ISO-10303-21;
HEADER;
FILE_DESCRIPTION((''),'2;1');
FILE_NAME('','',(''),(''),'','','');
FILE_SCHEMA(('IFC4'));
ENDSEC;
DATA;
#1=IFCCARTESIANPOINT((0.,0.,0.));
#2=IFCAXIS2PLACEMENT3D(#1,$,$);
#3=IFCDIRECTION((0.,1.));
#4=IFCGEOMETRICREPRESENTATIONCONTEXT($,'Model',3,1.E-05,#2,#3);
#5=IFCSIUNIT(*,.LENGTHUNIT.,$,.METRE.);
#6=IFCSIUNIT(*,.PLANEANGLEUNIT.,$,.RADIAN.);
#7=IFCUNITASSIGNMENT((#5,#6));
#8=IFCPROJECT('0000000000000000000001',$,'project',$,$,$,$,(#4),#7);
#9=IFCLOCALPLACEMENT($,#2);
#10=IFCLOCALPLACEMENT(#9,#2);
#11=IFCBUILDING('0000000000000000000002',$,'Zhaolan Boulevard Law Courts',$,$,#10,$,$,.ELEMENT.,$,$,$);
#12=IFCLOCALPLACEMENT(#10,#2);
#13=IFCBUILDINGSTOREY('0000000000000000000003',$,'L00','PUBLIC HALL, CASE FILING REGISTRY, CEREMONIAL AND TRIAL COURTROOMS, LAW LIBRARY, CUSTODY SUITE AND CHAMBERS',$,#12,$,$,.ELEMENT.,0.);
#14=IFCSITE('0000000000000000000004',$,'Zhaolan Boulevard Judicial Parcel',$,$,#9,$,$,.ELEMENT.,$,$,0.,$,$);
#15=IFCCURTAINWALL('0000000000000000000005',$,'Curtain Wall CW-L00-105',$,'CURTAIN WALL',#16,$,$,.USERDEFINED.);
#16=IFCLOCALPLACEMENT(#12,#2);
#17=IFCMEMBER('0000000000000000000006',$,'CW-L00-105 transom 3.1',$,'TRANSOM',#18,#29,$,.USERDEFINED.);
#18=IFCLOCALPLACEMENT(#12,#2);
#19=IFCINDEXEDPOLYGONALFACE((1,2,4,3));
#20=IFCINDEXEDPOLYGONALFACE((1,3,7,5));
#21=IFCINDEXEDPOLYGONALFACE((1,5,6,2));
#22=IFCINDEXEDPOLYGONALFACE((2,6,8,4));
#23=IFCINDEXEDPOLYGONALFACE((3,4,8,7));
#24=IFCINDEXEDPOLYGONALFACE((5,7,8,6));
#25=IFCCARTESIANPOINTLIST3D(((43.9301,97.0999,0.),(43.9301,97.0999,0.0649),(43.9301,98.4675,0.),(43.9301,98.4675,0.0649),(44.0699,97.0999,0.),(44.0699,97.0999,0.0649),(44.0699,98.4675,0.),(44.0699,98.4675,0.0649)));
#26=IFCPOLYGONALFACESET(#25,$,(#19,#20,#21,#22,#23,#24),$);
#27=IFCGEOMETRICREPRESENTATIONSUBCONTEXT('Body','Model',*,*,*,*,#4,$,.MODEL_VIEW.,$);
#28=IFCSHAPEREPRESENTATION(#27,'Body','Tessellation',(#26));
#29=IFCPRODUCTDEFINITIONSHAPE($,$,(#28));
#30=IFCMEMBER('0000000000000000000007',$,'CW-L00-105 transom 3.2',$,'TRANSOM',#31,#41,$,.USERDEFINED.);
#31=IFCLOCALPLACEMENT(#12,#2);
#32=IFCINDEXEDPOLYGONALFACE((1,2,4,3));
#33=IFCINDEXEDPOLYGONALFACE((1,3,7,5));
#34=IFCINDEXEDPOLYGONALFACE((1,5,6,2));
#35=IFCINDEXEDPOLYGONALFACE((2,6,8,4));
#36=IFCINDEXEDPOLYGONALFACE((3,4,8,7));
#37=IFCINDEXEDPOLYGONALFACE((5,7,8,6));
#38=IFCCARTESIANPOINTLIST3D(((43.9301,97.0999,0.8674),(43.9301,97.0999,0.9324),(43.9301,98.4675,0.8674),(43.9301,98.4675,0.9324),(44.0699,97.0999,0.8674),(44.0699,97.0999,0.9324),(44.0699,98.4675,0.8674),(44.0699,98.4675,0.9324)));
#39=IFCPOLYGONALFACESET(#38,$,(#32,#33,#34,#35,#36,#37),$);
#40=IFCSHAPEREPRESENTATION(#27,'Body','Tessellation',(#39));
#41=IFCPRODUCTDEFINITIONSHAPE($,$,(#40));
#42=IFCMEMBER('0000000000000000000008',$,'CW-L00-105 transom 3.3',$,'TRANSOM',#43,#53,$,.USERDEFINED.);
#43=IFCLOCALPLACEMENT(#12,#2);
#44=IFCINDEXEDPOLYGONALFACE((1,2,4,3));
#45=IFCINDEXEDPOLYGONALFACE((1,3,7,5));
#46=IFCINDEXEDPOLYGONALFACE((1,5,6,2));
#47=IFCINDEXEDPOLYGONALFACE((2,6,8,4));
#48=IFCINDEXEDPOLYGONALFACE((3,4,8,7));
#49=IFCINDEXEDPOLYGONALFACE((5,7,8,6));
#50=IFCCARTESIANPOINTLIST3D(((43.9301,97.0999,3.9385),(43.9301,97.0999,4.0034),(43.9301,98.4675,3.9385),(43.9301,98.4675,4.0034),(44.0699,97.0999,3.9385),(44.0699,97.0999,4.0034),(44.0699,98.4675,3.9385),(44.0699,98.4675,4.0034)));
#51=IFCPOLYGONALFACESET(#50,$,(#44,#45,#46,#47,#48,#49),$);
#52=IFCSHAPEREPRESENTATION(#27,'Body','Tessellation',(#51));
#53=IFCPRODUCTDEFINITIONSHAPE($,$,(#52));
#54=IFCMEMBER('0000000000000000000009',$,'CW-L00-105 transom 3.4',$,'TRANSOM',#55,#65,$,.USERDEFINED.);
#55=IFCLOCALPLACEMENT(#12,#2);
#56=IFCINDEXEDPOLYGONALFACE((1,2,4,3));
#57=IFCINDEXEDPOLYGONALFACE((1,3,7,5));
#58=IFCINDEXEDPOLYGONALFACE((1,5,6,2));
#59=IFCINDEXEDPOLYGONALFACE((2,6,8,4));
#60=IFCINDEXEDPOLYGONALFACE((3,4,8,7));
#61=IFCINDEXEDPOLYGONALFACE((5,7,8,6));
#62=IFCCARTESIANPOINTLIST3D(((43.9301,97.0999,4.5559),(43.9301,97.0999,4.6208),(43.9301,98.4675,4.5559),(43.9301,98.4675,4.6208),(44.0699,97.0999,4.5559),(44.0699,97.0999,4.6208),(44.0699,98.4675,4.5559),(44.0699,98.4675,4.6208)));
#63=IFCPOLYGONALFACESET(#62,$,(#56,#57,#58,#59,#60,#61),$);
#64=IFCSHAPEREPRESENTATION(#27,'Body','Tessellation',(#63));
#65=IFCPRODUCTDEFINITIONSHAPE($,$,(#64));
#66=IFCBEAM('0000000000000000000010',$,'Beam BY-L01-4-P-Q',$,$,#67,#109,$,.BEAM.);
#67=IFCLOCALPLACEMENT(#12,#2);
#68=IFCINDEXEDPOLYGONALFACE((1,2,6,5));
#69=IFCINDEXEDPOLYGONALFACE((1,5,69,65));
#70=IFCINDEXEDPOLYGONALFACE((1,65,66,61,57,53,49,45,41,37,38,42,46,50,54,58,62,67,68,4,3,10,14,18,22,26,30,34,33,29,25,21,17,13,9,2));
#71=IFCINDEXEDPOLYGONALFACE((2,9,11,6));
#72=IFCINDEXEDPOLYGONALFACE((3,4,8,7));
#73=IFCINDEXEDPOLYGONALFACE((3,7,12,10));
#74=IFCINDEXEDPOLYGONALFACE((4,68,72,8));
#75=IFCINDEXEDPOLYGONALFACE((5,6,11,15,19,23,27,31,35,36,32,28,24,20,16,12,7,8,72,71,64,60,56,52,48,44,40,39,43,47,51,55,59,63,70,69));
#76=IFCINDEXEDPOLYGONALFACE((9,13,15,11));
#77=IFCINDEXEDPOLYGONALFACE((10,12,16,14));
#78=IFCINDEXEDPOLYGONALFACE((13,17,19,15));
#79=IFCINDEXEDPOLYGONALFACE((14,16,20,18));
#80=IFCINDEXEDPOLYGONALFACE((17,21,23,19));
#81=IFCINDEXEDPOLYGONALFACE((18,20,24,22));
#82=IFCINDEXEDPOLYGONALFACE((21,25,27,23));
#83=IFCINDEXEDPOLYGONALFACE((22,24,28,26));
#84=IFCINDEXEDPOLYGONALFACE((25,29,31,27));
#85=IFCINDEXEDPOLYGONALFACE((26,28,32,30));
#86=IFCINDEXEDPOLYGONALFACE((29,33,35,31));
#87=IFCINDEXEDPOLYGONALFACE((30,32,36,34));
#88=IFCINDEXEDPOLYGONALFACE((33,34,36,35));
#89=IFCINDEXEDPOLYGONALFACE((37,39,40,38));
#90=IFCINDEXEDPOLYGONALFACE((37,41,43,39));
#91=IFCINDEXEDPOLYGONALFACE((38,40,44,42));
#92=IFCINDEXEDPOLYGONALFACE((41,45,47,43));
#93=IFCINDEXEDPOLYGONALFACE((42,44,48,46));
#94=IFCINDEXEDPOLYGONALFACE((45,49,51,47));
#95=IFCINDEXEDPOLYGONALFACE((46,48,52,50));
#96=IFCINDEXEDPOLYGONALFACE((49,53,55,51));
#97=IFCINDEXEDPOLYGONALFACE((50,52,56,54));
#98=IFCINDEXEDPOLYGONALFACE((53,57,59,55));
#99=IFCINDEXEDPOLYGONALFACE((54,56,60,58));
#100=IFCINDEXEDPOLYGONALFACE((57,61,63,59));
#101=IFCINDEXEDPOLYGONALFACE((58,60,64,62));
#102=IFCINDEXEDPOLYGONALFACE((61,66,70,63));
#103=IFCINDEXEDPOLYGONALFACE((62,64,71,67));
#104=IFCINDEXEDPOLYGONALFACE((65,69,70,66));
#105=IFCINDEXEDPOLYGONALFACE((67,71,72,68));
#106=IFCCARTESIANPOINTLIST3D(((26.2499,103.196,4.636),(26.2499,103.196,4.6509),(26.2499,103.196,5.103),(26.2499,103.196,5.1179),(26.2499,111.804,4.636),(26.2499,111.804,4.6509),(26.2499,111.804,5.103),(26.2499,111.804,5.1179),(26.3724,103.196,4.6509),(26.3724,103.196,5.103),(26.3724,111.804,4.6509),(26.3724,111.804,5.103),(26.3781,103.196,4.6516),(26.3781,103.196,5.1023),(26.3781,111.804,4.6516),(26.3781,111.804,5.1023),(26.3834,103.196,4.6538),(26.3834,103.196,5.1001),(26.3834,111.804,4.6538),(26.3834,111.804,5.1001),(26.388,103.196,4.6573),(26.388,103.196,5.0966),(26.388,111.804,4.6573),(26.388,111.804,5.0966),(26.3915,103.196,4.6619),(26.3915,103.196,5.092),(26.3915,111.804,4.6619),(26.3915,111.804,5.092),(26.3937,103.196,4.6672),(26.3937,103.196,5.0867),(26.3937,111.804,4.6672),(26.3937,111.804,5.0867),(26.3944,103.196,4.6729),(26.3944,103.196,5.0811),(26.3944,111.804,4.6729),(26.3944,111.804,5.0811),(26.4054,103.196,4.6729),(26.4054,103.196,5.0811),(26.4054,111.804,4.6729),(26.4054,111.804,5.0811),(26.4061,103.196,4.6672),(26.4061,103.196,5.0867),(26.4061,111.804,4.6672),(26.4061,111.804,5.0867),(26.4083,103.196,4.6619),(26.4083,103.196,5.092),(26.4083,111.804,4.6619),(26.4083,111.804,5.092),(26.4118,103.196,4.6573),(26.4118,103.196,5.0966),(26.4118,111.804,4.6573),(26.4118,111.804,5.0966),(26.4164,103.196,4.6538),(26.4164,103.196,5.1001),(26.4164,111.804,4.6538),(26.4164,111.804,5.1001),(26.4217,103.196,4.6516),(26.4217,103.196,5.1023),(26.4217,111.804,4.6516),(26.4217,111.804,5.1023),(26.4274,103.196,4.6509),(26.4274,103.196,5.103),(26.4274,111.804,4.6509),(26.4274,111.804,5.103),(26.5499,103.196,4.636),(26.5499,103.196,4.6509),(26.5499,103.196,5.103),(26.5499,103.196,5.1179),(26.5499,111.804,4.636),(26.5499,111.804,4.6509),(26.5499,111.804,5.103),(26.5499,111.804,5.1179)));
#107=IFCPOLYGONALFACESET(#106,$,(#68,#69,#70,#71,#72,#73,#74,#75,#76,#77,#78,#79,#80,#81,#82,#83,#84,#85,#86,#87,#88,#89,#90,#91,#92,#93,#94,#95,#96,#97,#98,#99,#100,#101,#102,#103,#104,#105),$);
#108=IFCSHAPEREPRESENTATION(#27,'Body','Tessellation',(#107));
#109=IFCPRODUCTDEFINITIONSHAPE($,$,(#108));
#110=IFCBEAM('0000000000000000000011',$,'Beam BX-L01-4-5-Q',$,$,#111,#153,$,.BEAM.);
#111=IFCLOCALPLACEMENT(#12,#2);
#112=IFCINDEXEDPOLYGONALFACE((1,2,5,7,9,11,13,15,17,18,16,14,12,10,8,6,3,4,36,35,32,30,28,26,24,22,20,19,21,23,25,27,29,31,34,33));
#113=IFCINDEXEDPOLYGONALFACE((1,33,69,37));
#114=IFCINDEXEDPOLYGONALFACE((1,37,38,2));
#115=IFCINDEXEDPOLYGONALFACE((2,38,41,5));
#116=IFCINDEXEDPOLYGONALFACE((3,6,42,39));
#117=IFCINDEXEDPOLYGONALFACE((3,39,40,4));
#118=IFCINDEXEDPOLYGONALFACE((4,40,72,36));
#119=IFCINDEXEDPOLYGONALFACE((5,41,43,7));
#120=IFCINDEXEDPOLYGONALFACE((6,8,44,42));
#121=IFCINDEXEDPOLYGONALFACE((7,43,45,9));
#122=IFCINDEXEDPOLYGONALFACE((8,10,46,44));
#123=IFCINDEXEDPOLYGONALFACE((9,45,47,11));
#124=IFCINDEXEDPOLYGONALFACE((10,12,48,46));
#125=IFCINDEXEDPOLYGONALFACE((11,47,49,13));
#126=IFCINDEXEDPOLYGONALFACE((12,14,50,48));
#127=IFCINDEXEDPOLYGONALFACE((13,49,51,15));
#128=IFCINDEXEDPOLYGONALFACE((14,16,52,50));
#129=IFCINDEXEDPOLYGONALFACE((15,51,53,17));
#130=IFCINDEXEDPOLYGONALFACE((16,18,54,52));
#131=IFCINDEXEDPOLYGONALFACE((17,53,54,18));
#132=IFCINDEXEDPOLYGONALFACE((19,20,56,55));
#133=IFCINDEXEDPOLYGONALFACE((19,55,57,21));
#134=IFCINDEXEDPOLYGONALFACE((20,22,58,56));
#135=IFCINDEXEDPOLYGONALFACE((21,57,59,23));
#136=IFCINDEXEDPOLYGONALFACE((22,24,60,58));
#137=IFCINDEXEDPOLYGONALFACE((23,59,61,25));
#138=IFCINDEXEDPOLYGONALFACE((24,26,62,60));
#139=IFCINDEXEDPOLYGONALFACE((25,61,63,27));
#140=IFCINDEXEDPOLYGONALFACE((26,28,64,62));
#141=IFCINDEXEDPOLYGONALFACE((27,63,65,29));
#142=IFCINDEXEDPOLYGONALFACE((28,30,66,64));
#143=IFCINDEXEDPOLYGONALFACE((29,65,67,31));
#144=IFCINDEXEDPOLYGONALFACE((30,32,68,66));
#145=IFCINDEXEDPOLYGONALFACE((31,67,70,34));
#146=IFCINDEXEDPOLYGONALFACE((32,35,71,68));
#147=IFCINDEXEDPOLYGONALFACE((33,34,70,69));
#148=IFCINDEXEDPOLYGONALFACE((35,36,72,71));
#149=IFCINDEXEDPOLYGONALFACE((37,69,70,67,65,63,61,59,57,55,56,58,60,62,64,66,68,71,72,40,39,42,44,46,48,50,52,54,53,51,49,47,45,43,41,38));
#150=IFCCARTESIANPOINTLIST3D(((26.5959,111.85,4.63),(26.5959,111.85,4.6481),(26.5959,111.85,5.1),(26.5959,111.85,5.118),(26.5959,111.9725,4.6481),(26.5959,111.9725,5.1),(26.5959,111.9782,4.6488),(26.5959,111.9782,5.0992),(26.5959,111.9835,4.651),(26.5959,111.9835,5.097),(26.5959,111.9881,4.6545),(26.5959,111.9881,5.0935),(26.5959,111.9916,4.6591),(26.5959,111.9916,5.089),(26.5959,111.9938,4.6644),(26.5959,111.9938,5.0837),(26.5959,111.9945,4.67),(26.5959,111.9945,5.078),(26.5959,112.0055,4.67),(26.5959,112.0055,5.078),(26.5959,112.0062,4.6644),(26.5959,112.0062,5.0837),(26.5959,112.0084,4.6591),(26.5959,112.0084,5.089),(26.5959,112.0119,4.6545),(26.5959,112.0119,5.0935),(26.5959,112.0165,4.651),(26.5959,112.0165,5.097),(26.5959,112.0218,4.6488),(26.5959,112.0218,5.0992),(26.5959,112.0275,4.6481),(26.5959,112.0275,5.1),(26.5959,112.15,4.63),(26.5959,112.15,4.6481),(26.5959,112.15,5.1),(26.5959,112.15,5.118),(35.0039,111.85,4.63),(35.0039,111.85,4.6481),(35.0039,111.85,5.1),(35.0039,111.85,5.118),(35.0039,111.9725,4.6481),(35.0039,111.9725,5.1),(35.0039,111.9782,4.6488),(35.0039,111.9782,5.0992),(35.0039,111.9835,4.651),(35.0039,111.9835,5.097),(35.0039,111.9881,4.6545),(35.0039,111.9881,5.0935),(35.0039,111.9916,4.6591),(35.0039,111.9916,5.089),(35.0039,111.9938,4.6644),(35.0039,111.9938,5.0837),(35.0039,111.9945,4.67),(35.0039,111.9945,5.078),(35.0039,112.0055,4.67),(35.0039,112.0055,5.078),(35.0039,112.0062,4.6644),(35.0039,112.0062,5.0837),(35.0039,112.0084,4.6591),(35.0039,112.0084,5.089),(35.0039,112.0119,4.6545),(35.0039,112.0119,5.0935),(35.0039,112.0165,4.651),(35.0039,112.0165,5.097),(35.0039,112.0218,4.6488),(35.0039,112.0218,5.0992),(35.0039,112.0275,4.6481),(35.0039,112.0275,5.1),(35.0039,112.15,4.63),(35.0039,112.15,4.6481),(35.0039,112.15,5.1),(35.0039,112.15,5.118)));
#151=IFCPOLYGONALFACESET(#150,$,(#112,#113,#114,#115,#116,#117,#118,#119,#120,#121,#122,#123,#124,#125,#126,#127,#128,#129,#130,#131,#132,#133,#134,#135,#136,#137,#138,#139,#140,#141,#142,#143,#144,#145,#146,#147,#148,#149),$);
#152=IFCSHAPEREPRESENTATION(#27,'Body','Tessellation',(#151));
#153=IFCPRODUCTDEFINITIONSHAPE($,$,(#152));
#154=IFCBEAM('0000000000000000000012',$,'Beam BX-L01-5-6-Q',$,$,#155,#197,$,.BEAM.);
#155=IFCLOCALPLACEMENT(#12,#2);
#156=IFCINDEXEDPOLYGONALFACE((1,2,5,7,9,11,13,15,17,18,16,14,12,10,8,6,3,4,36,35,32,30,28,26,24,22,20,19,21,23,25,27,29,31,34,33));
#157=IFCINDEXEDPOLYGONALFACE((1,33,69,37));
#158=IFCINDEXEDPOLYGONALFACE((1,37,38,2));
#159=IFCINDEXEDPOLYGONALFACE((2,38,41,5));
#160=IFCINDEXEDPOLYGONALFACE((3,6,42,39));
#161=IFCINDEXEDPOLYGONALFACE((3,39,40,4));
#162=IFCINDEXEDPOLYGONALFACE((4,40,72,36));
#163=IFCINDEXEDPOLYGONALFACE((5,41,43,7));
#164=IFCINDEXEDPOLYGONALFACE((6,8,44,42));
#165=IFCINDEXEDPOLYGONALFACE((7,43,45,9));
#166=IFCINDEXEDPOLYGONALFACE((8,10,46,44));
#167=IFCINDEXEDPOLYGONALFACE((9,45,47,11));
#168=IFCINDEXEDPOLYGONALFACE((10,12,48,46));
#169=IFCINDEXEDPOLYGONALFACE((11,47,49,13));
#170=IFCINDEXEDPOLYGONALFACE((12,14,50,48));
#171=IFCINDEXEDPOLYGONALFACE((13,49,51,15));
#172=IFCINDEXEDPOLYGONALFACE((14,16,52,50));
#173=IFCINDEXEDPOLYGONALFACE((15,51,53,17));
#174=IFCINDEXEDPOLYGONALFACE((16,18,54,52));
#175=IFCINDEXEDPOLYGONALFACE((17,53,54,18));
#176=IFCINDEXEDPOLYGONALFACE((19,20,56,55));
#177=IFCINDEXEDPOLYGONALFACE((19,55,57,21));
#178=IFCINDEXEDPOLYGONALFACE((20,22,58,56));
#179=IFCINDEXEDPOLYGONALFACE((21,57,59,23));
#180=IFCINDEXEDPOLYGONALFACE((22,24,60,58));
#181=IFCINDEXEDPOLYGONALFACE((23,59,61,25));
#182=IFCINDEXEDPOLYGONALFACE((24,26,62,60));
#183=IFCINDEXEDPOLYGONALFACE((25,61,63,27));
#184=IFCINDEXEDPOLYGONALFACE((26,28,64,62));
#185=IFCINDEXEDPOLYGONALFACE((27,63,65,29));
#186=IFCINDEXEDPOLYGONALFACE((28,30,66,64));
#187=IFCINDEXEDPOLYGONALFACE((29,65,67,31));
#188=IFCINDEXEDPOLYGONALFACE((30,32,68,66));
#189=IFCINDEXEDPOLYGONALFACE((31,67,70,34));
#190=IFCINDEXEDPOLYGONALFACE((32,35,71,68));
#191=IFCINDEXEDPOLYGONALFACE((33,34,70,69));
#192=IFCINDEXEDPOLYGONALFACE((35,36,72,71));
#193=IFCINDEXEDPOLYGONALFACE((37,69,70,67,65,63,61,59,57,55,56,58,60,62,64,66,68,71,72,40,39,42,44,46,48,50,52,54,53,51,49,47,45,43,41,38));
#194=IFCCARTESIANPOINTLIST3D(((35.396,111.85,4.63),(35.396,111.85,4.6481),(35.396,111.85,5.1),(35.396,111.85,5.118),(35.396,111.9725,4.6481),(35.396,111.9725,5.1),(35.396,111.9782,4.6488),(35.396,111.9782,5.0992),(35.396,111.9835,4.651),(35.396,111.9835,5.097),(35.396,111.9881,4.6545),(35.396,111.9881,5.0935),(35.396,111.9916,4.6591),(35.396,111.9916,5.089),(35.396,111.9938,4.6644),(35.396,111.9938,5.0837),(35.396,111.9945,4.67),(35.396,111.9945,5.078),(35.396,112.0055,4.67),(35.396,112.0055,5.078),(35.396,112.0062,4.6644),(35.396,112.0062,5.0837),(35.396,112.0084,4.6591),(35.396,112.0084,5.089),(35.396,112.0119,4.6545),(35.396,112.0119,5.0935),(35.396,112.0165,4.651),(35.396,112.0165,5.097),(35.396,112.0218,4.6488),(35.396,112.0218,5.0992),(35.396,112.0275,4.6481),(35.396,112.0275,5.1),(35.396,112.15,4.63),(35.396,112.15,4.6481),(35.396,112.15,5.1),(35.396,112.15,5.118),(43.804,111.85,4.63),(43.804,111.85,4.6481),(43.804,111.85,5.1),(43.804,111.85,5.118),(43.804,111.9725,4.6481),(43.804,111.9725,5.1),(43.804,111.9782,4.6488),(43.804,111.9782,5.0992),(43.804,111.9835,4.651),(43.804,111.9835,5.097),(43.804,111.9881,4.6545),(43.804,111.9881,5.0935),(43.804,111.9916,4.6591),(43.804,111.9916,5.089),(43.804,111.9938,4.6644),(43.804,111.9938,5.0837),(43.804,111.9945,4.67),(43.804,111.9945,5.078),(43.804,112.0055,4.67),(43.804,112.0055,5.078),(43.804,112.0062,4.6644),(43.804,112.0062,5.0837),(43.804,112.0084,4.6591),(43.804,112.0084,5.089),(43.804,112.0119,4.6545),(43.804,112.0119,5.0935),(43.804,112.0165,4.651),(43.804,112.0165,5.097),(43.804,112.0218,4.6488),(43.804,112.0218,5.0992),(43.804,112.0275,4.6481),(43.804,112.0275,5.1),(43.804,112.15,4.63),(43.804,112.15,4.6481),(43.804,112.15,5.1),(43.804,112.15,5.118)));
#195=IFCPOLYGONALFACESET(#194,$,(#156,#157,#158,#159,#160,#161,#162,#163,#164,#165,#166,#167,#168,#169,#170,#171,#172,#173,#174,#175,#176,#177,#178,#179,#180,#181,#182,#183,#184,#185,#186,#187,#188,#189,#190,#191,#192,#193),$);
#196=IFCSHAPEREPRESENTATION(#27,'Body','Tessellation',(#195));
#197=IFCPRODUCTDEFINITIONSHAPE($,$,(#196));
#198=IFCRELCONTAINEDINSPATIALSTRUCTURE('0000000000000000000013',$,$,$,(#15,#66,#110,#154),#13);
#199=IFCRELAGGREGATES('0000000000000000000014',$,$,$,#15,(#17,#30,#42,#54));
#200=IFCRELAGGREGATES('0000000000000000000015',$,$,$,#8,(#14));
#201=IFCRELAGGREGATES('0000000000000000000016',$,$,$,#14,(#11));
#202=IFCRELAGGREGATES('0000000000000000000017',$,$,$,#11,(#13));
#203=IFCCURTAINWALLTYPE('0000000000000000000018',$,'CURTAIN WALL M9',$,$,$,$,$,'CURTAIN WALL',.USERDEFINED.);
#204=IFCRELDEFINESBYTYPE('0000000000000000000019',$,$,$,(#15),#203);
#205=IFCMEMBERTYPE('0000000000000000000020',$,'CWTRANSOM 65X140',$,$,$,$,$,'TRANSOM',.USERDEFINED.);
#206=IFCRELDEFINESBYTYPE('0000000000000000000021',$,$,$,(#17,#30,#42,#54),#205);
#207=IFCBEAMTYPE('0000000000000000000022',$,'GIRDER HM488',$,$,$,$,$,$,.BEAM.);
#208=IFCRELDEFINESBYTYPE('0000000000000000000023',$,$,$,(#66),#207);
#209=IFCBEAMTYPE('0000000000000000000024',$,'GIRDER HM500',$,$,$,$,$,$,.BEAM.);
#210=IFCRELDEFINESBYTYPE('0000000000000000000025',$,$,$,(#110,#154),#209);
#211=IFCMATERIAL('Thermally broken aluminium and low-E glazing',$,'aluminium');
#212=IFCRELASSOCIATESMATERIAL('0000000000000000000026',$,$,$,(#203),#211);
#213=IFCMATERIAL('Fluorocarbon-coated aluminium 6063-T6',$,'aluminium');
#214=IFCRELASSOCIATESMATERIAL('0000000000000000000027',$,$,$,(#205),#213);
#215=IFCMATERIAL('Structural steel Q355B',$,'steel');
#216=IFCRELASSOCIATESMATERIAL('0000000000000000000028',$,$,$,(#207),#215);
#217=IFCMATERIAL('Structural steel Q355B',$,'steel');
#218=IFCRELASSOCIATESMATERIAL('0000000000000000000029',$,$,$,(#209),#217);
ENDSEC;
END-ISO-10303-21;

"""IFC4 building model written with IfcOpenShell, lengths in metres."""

from ifc_helpers import new_model, si_unit, direction, frame, origin, origin_2d, place, context, subcontext, project, spatial, rectangle, i_section, extrude, material, material_profile, profile_set, type_object, element, aggregate, save


model = new_model("IFC4")

# Units and contexts
model_context = context("Model", 3, precision=1e-05, world=origin(), true_north=direction((0.0, 1.0)))
body_context = subcontext(model_context, "Body", "Model", "MODEL_VIEW")
ifc_project = project(units=[si_unit("LENGTHUNIT", "METRE"), si_unit("PLANEANGLEUNIT", "RADIAN")], contexts=[model_context])

# Site, building, storey
site_placement = place(None, origin())
site = spatial("IfcSite", under=ifc_project, at=site_placement, Name="Zhaolan Boulevard Judicial Parcel", CompositionType="ELEMENT", RefElevation=0.0)
building_placement = place(site_placement, origin())
building = spatial("IfcBuilding", under=site, at=building_placement, Name="Zhaolan Boulevard Law Courts", CompositionType="ELEMENT")
storey_placement = place(building_placement, origin())
storey = spatial("IfcBuildingStorey", under=building, at=storey_placement, Name="L00", Description="PUBLIC HALL, CASE FILING REGISTRY, CEREMONIAL AND TRIAL COURTROOMS, LAW LIBRARY, CUSTODY SUITE AND CHAMBERS", CompositionType="ELEMENT", Elevation=0.0)

# Curtain wall, members
ifc_material_1 = material(Name="Thermally broken aluminium and low-E glazing", Category="aluminium")
curtain_wall_type = type_object("IfcCurtainWallType", Name="CURTAIN WALL M9", ElementType="CURTAIN WALL", PredefinedType="USERDEFINED", material=ifc_material_1)
curtain_wall_placement = place(storey_placement, origin())
curtain_wall = element("IfcCurtainWall", 1, at=curtain_wall_placement, inside=storey, type_object=curtain_wall_type, Name="Curtain Wall CW-L00-105", ObjectType="CURTAIN WALL", PredefinedType="USERDEFINED")
ifc_material_2 = material(Name="Fluorocarbon-coated aluminium 6063-T6", Category="aluminium")
ifc_material_profile_1 = material_profile(ifc_material_2, rectangle(XDim=0.1399, YDim=0.0649, at=origin_2d()), Name="AL65x140")
ifc_profile_set_1 = profile_set([ifc_material_profile_1], Name="Fluorocarbon-coated aluminium 6063-T6")
member_type_1 = type_object("IfcMemberType", Name="CWTRANSOM 65X140", ElementType="TRANSOM", PredefinedType="USERDEFINED", material=ifc_profile_set_1)
member_1_placement = place(storey_placement, frame((44.0, 97.0999, 0.0325), z_axis=(0.0, 1.0, 0.0), x_axis=(-1.0, 0.0, 0.0)))
member_1 = element("IfcMember", 2, at=member_1_placement, type_object=member_type_1, Name="CW-L00-105 transom 3.1", ObjectType="TRANSOM", PredefinedType="USERDEFINED", context=body_context, shape_type="SweptSolid", body=[
    extrude(rectangle(XDim=0.1399, YDim=0.0649, at=origin_2d()), origin(), (0.0, 0.0, 1.0), 1.3677),
])
member_2_placement = place(storey_placement, frame((44.0, 97.0999, 0.8999), z_axis=(0.0, 1.0, 0.0), x_axis=(-1.0, 0.0, 0.0)))
member_2 = element("IfcMember", 3, at=member_2_placement, type_object=member_type_1, Name="CW-L00-105 transom 3.2", ObjectType="TRANSOM", PredefinedType="USERDEFINED", context=body_context, shape_type="SweptSolid", body=[
    extrude(rectangle(XDim=0.1399, YDim=0.0649, at=origin_2d()), origin(), (0.0, 0.0, 1.0), 1.3677),
])
member_3_placement = place(storey_placement, frame((44.0, 97.0999, 3.9709), z_axis=(0.0, 1.0, 0.0), x_axis=(-1.0, 0.0, 0.0)))
member_3 = element("IfcMember", 4, at=member_3_placement, type_object=member_type_1, Name="CW-L00-105 transom 3.3", ObjectType="TRANSOM", PredefinedType="USERDEFINED", context=body_context, shape_type="SweptSolid", body=[
    extrude(rectangle(XDim=0.1399, YDim=0.0649, at=origin_2d()), origin(), (0.0, 0.0, 1.0), 1.3677),
])
member_4_placement = place(storey_placement, frame((44.0, 97.0999, 4.5884), z_axis=(0.0, 1.0, 0.0), x_axis=(-1.0, 0.0, 0.0)))
member_4 = element("IfcMember", 5, at=member_4_placement, type_object=member_type_1, Name="CW-L00-105 transom 3.4", ObjectType="TRANSOM", PredefinedType="USERDEFINED", context=body_context, shape_type="SweptSolid", body=[
    extrude(rectangle(XDim=0.1399, YDim=0.0649, at=origin_2d()), origin(), (0.0, 0.0, 1.0), 1.3677),
])

# Beams
ifc_material_3 = material(Name="Structural steel Q355B", Category="steel")
ifc_material_profile_2 = material_profile(ifc_material_3, i_section(OverallWidth=0.3, OverallDepth=0.4819, WebThickness=0.011, FlangeThickness=0.0149, FilletRadius=0.022, at=origin_2d()), Name="HM482x300")
ifc_profile_set_2 = profile_set([ifc_material_profile_2], Name="Structural steel Q355B")
beam_type_1 = type_object("IfcBeamType", Name="GIRDER HM488", PredefinedType="BEAM", material=ifc_profile_set_2)
beam_1_placement = place(storey_placement, frame((26.3999, 103.196, 4.877), z_axis=(0.0, 1.0, 0.0), x_axis=(-1.0, 0.0, 0.0)))
element("IfcBeam", 6, at=beam_1_placement, inside=storey, type_object=beam_type_1, Name="Beam BY-L01-4-P-Q", PredefinedType="BEAM", context=body_context, shape_type="SweptSolid", body=[
    extrude(i_section(OverallWidth=0.3, OverallDepth=0.4819, WebThickness=0.011, FlangeThickness=0.0149, FilletRadius=0.022, at=origin_2d()), origin(), (0.0, 0.0, 1.0), 8.6079),
])
ifc_material_4 = material(Name="Structural steel Q355B", Category="steel")
ifc_material_profile_3 = material_profile(ifc_material_4, i_section(OverallWidth=0.3, OverallDepth=0.488, WebThickness=0.011, FlangeThickness=0.0181, FilletRadius=0.022, at=origin_2d()), Name="HM488x300")
ifc_profile_set_3 = profile_set([ifc_material_profile_3], Name="Structural steel Q355B")
beam_type_2 = type_object("IfcBeamType", Name="GIRDER HM500", PredefinedType="BEAM", material=ifc_profile_set_3)
for number, where, z_axis, x_axis, name in (
    (7, (26.5959, 112.0, 4.874), (1.0, 0.0, 0.0), (0.0, 1.0, 0.0), "Beam BX-L01-4-5-Q"),
    (8, (35.396, 112.0, 4.874), (1.0, 0.0, 0.0), (0.0, 1.0, 0.0), "Beam BX-L01-5-6-Q"),
):
    element("IfcBeam", number, at=place(storey_placement, frame(where, z_axis=z_axis, x_axis=x_axis)), inside=storey, type_object=beam_type_2, Name=name, PredefinedType="BEAM", context=body_context, shape_type="SweptSolid", body=[
        extrude(i_section(OverallWidth=0.3, OverallDepth=0.488, WebThickness=0.011, FlangeThickness=0.0181, FilletRadius=0.022, at=origin_2d()), origin(), (0.0, 0.0, 1.0), 8.408),
    ])

aggregate(curtain_wall, [member_1, member_2, member_3, member_4])

save(model, "model.ifc")
